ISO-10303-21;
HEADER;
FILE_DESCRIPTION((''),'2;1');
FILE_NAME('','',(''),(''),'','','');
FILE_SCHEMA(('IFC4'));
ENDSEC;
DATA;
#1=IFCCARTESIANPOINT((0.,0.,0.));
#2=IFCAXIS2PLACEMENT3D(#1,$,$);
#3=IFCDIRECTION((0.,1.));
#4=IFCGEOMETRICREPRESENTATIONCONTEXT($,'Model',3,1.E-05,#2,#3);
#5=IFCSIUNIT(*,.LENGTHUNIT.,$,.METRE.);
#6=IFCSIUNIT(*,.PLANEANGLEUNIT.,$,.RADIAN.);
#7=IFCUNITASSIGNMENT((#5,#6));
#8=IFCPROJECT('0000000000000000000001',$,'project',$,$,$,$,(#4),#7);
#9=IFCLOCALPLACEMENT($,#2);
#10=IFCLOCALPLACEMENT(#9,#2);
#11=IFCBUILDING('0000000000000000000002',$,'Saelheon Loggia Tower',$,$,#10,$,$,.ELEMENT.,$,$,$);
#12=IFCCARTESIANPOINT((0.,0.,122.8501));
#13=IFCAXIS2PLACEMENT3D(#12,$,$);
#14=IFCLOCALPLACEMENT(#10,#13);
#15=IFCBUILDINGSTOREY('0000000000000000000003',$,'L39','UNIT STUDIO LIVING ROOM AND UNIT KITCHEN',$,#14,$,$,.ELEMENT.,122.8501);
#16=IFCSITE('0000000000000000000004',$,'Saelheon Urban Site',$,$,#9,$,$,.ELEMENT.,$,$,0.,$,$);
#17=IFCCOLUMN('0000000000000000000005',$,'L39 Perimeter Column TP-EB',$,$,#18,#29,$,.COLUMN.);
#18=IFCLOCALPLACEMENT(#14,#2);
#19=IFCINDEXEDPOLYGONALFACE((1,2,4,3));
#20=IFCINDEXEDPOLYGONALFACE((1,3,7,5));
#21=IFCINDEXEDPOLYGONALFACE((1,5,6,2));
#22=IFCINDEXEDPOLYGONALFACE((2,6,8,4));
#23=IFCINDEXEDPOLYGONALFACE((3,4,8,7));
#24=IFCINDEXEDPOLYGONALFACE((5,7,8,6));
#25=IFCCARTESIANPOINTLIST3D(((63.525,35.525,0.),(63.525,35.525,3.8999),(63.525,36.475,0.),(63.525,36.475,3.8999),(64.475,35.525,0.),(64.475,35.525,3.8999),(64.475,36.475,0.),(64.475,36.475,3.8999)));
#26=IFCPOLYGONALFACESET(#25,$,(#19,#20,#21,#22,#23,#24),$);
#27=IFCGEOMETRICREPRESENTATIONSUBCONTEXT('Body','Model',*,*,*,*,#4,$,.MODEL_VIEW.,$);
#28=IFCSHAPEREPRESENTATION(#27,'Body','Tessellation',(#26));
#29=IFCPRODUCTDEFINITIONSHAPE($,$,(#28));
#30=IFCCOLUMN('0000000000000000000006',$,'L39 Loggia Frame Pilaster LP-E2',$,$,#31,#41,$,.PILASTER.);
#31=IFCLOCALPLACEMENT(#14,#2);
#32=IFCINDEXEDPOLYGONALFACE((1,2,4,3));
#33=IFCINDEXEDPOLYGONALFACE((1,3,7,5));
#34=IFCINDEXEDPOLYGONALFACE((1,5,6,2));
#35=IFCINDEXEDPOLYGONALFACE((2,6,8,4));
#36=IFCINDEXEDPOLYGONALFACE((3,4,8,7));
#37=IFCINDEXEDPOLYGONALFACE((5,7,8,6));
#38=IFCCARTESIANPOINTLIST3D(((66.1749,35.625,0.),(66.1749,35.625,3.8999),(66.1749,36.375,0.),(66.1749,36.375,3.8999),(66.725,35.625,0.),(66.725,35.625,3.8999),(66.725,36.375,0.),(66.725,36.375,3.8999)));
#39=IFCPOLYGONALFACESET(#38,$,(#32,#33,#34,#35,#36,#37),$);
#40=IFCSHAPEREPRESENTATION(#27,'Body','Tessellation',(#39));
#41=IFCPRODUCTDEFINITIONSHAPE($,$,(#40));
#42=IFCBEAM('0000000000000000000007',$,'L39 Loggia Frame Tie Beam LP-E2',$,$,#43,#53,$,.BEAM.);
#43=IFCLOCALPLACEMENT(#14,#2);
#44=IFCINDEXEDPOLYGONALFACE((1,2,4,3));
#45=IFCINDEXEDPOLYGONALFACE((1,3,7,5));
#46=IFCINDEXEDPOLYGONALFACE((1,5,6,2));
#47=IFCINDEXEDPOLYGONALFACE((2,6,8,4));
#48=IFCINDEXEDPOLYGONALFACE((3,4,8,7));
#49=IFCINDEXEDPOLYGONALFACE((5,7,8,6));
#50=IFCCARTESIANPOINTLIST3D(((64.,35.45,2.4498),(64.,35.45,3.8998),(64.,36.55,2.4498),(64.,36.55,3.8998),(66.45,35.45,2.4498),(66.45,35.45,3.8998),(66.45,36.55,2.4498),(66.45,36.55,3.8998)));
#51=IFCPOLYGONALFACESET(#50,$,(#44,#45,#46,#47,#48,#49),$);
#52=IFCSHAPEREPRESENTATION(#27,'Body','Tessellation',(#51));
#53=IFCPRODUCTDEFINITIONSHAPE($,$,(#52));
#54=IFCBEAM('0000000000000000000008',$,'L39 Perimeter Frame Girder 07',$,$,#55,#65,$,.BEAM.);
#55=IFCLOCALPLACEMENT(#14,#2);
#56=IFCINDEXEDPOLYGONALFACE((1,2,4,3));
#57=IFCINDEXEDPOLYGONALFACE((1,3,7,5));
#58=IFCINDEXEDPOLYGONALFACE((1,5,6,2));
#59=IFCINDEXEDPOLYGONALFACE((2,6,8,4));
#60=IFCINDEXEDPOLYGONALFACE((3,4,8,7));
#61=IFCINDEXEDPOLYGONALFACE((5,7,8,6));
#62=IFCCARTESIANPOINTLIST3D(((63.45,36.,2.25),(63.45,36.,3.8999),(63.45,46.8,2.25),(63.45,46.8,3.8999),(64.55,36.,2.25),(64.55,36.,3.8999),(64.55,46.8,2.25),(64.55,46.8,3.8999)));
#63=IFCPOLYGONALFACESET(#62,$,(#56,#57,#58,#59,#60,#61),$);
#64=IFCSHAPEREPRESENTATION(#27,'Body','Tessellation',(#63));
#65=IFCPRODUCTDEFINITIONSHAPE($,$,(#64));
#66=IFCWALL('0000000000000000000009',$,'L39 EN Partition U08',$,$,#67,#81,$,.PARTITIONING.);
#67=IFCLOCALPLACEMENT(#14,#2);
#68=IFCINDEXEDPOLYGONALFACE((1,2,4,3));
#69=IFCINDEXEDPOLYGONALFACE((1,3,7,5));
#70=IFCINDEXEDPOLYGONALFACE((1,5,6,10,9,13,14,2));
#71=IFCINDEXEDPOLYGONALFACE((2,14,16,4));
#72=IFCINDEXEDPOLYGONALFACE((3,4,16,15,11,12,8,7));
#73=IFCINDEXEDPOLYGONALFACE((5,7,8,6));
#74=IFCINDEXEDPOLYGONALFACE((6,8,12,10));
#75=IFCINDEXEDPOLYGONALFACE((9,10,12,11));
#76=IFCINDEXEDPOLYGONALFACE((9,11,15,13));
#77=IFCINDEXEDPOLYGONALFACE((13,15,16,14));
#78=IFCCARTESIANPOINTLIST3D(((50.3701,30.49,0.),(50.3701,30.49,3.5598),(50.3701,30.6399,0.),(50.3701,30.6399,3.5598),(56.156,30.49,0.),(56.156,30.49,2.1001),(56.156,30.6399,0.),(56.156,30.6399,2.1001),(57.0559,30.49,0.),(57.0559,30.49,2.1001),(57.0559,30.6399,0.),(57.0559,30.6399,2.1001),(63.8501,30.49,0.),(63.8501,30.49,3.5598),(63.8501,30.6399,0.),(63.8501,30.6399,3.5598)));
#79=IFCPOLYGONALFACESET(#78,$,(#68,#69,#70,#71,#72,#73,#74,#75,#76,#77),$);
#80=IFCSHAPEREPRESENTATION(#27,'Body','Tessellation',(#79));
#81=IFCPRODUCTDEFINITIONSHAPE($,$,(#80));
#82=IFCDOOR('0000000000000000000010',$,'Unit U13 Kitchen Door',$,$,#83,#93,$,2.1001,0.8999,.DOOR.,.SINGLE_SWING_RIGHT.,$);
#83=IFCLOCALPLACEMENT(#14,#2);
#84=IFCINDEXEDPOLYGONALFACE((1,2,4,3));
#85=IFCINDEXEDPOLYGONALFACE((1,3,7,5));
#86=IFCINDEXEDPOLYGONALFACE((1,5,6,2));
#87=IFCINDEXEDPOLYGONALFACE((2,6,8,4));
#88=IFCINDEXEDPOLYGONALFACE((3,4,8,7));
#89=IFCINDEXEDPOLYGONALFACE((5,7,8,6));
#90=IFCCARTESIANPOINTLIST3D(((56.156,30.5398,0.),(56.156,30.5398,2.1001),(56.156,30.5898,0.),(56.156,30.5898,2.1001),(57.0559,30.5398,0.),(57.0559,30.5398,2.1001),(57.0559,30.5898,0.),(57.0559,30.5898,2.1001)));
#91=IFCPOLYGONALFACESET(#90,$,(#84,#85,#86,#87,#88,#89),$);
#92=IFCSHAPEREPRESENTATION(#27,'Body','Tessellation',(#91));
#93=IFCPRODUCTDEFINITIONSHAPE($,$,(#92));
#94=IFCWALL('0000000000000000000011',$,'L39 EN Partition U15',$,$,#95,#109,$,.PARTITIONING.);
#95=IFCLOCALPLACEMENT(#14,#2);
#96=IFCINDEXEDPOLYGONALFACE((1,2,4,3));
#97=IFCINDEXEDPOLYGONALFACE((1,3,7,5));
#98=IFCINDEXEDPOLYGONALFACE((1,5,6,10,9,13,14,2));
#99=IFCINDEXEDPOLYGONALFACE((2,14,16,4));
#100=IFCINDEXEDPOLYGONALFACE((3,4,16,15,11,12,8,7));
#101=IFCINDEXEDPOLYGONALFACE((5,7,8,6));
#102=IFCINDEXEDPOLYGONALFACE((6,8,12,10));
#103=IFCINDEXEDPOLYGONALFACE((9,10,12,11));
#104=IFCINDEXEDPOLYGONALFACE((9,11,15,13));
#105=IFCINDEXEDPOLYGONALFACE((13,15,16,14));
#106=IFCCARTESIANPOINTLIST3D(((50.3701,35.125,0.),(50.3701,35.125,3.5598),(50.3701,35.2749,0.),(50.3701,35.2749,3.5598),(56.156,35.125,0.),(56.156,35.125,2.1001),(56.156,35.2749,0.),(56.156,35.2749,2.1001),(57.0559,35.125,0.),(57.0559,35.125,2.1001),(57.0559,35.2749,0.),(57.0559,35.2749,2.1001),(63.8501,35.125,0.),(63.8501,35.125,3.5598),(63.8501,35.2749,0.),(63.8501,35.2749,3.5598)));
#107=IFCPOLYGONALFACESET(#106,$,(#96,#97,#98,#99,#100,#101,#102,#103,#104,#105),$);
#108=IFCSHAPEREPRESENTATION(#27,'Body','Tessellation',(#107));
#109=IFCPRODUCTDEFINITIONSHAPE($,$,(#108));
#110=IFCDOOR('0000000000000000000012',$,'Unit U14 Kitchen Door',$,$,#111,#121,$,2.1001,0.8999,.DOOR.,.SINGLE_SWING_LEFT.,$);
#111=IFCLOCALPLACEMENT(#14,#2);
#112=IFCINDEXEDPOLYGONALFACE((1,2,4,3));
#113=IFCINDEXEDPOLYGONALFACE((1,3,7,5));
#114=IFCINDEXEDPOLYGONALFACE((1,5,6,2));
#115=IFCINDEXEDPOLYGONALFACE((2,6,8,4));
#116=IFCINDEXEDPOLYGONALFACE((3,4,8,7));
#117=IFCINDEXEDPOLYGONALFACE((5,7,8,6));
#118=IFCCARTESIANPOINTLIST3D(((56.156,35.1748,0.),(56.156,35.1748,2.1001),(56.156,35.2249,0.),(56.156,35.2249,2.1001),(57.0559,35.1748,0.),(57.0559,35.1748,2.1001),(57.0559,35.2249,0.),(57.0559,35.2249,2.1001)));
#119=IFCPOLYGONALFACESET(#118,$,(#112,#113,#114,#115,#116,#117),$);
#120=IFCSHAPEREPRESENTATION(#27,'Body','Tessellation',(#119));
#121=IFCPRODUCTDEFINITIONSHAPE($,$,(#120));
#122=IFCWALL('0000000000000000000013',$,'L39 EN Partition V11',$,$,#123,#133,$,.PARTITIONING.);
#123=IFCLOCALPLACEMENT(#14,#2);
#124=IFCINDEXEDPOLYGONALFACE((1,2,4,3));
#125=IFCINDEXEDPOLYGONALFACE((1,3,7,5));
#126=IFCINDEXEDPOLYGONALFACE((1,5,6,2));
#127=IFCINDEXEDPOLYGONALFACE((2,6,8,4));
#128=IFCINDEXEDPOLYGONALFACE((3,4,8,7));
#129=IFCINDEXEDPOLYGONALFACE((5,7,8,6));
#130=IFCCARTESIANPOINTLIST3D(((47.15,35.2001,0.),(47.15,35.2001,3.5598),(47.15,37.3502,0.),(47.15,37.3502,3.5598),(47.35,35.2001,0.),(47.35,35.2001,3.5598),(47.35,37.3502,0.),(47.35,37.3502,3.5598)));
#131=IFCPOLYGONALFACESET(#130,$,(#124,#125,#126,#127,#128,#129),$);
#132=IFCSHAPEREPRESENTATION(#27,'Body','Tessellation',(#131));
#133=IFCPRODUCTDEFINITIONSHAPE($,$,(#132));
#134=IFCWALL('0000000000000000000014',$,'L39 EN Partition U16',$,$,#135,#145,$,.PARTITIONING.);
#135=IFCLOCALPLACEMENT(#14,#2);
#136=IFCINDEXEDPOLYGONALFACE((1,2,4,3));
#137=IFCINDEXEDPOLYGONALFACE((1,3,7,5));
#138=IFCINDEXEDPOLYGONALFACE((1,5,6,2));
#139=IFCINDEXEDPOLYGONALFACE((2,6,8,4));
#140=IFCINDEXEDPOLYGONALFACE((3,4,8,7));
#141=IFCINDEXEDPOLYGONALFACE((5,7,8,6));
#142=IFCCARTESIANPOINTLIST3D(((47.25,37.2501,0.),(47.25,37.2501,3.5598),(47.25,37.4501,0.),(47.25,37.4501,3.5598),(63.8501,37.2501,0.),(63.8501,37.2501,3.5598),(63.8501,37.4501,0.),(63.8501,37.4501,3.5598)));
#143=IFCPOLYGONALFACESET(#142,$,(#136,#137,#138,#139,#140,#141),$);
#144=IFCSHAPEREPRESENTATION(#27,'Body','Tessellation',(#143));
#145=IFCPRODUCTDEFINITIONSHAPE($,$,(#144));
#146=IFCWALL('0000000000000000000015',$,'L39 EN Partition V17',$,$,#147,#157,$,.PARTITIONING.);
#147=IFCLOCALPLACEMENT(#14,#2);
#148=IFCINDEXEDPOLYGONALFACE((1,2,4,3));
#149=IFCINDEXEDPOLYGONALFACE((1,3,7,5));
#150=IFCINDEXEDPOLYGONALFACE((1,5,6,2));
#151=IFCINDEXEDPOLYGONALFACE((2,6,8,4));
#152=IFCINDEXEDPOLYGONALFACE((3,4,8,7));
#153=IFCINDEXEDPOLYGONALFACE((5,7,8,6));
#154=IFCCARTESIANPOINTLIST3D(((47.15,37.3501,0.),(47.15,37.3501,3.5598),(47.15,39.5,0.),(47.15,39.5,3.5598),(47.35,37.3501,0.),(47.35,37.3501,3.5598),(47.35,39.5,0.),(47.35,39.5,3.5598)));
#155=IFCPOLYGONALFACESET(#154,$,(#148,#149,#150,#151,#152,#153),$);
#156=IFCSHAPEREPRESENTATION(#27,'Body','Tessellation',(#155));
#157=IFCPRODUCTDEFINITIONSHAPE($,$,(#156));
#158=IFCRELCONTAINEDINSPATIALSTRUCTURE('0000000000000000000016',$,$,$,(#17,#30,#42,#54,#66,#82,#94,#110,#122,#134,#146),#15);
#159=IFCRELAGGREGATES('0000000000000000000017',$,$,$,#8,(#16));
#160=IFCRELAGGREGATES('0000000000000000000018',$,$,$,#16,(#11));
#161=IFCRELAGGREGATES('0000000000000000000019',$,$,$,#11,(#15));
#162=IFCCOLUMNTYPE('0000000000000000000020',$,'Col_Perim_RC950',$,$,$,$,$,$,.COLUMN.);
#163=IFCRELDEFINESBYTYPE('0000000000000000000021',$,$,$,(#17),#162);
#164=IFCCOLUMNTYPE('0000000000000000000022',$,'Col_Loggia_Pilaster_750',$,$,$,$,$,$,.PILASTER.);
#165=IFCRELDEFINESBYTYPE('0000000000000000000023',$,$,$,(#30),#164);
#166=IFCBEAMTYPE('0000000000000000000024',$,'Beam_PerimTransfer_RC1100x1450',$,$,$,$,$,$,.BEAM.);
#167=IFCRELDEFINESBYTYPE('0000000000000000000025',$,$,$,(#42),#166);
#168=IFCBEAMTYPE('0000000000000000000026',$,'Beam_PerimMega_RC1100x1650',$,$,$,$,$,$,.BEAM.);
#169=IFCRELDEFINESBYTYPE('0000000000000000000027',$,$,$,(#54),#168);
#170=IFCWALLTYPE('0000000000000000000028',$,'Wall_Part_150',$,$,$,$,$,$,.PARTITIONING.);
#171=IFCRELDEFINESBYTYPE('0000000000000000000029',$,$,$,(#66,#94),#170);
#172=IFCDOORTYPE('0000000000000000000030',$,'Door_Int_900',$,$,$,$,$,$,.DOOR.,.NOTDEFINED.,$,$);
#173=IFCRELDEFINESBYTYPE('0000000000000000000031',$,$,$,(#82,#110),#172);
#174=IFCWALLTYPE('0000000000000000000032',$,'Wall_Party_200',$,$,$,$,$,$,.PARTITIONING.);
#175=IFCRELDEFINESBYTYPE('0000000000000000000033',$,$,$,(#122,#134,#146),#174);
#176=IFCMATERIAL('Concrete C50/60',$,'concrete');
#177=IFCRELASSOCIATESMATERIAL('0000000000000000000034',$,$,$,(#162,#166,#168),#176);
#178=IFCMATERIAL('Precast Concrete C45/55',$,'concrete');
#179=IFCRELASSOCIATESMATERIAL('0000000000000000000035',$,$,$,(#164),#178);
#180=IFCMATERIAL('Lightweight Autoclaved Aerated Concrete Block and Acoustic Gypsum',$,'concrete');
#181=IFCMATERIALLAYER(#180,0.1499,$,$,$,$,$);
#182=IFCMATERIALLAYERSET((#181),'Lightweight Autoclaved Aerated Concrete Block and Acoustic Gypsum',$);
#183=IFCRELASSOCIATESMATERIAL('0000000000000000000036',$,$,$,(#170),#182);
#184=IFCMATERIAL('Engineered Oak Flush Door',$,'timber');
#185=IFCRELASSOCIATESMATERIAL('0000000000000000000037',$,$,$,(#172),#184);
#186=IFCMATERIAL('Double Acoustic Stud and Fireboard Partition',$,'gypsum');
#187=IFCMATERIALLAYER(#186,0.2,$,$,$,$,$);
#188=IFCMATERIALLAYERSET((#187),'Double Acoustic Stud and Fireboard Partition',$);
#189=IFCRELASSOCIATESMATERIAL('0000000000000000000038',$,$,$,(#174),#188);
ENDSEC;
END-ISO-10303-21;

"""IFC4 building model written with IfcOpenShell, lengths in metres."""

from ifc_helpers import new_model, si_unit, direction, frame, frame_2d, origin, origin_2d, place, context, subcontext, project, spatial, rectangle, extrude, source, transform, mapped, material, layer, layer_set, material_profile, profile_set, type_object, element, fill, save


model = new_model("IFC4")

# Units and contexts
model_context = context("Model", 3, precision=1e-05, world=origin(), true_north=direction((0.0, 1.0)))
body_context = subcontext(model_context, "Body", "Model", "MODEL_VIEW")
ifc_project = project(units=[si_unit("LENGTHUNIT", "METRE"), si_unit("PLANEANGLEUNIT", "RADIAN")], contexts=[model_context])

# Site, building, storey
site_placement = place(None, origin())
site = spatial("IfcSite", under=ifc_project, at=site_placement, Name="Saelheon Urban Site", CompositionType="ELEMENT", RefElevation=0.0)
building_placement = place(site_placement, origin())
building = spatial("IfcBuilding", under=site, at=building_placement, Name="Saelheon Loggia Tower", CompositionType="ELEMENT")
storey_placement = place(building_placement, frame((0.0, 0.0, 122.8501)))
storey = spatial("IfcBuildingStorey", under=building, at=storey_placement, Name="L39", Description="UNIT STUDIO LIVING ROOM AND UNIT KITCHEN", CompositionType="ELEMENT", Elevation=122.8501)

# Columns
ifc_material_1 = material(Name="Concrete C50/60", Category="concrete")
ifc_material_profile_1 = material_profile(ifc_material_1, rectangle(XDim=0.95, YDim=0.95, at=origin_2d()), Name="RC-950x950")
ifc_profile_set_1 = profile_set([ifc_material_profile_1], Name="Concrete C50/60")
column_type_1 = type_object("IfcColumnType", Name="Col_Perim_RC950", PredefinedType="COLUMN", material=ifc_profile_set_1)
shared_shape_1 = source(origin(), body_context, "Body", "SweptSolid", [
    extrude(rectangle(XDim=0.95, YDim=0.95, at=origin_2d()), origin(), (0.0, 0.0, 1.0), 3.8999),
])
column_1_placement = place(storey_placement, frame((64.0, 36.0, 0.0), z_axis=(0.0, 0.0, 1.0), x_axis=(1.0, 0.0, 0.0)))
element("IfcColumn", 1, at=column_1_placement, inside=storey, type_object=column_type_1, Name="L39 Perimeter Column TP-EB", PredefinedType="COLUMN", context=body_context, shape_type="MappedRepresentation", body=[
    mapped(shared_shape_1, transform((0.0, 0.0, 0.0), scale=1.0)),
])
ifc_material_2 = material(Name="Precast Concrete C45/55", Category="concrete")
ifc_material_profile_2 = material_profile(ifc_material_2, rectangle(XDim=0.55, YDim=0.75, at=origin_2d()), Name="RC-550x750")
ifc_profile_set_2 = profile_set([ifc_material_profile_2], Name="Precast Concrete C45/55")
column_type_2 = type_object("IfcColumnType", Name="Col_Loggia_Pilaster_750", PredefinedType="PILASTER", material=ifc_profile_set_2)
shared_shape_2 = source(origin(), body_context, "Body", "SweptSolid", [
    extrude(rectangle(XDim=0.55, YDim=0.75, at=origin_2d()), origin(), (0.0, 0.0, 1.0), 3.8999),
])
column_2_placement = place(storey_placement, frame((66.45, 36.0, 0.0), z_axis=(0.0, 0.0, 1.0), x_axis=(1.0, 0.0, 0.0)))
element("IfcColumn", 2, at=column_2_placement, inside=storey, type_object=column_type_2, Name="L39 Loggia Frame Pilaster LP-E2", PredefinedType="PILASTER", context=body_context, shape_type="MappedRepresentation", body=[
    mapped(shared_shape_2, transform((0.0, 0.0, 0.0), scale=1.0)),
])

# Beams
ifc_material_profile_3 = material_profile(ifc_material_1, rectangle(XDim=1.1001, YDim=1.45, at=origin_2d()), Name="RC-1100x1450")
ifc_profile_set_3 = profile_set([ifc_material_profile_3], Name="Concrete C50/60")
beam_type_1 = type_object("IfcBeamType", Name="Beam_PerimTransfer_RC1100x1450", PredefinedType="BEAM", material=ifc_profile_set_3)
shared_shape_3 = source(origin(), body_context, "Body", "SweptSolid", [
    extrude(rectangle(XDim=1.1001, YDim=1.45, at=origin_2d()), origin(), (0.0, 0.0, 1.0), 2.45),
])
beam_1_placement = place(storey_placement, frame((64.0, 36.0, 3.1748), z_axis=(1.0, 0.0, 0.0), x_axis=(0.0, 1.0, 0.0)))
element("IfcBeam", 3, at=beam_1_placement, inside=storey, type_object=beam_type_1, Name="L39 Loggia Frame Tie Beam LP-E2", PredefinedType="BEAM", context=body_context, shape_type="MappedRepresentation", body=[
    mapped(shared_shape_3, transform((0.0, 0.0, 0.0), scale=1.0)),
])
ifc_material_profile_4 = material_profile(ifc_material_1, rectangle(XDim=1.1001, YDim=1.6499, at=origin_2d()), Name="RC-1100x1650")
ifc_profile_set_4 = profile_set([ifc_material_profile_4], Name="Concrete C50/60")
beam_type_2 = type_object("IfcBeamType", Name="Beam_PerimMega_RC1100x1650", PredefinedType="BEAM", material=ifc_profile_set_4)
shared_shape_4 = source(origin(), body_context, "Body", "SweptSolid", [
    extrude(rectangle(XDim=1.1001, YDim=1.6499, at=origin_2d()), origin(), (0.0, 0.0, 1.0), 10.8),
])
beam_2_placement = place(storey_placement, frame((64.0, 36.0, 3.075), z_axis=(0.0, 1.0, 0.0), x_axis=(-1.0, 0.0, 0.0)))
element("IfcBeam", 4, at=beam_2_placement, inside=storey, type_object=beam_type_2, Name="L39 Perimeter Frame Girder 07", PredefinedType="BEAM", context=body_context, shape_type="MappedRepresentation", body=[
    mapped(shared_shape_4, transform((0.0, 0.0, 0.0), scale=1.0)),
])

# Walls, openings, doors
ifc_material_3 = material(Name="Lightweight Autoclaved Aerated Concrete Block and Acoustic Gypsum", Category="concrete")
ifc_layer_1 = layer(ifc_material_3, 0.1499)
ifc_layer_set_1 = layer_set([ifc_layer_1], Name="Lightweight Autoclaved Aerated Concrete Block and Acoustic Gypsum")
wall_type_1 = type_object("IfcWallType", Name="Wall_Part_150", PredefinedType="PARTITIONING", material=ifc_layer_set_1)
wall_1_placement = place(storey_placement, frame((50.3701, 30.5649, 0.0), z_axis=(0.0, 0.0, 1.0), x_axis=(1.0, 0.0, 0.0)))
wall_1 = element("IfcWall", 5, at=wall_1_placement, inside=storey, type_object=wall_type_1, Name="L39 EN Partition U08", PredefinedType="PARTITIONING", context=body_context, shape_type="SweptSolid", body=[
    extrude(rectangle(XDim=13.48, YDim=0.1499, at=frame_2d((6.74, 0.0))), origin(), (0.0, 0.0, 1.0), 3.5598),
])
opening_1_placement = place(wall_1_placement, frame((5.7859, 0.0, 0.0)))
opening_1 = element("IfcOpeningElement", 6, at=opening_1_placement, cuts=wall_1, PredefinedType="OPENING", context=body_context, shape_type="SweptSolid", body=[
    extrude(rectangle(XDim=0.8999, YDim=2.1001, at=frame_2d((0.45, 1.05))), frame((0.0, 0.0869, 0.0), z_axis=(0.0, -1.0, 0.0), x_axis=(1.0, 0.0, 0.0)), (0.0, 0.0, 1.0), 0.1738),
])
ifc_material_4 = material(Name="Engineered Oak Flush Door", Category="timber")
door_type_1 = type_object("IfcDoorType", Name="Door_Int_900", OperationType="NOTDEFINED", PredefinedType="DOOR", material=ifc_material_4)
shared_shape_5 = source(origin(), body_context, "Body", "SweptSolid", [
    extrude(rectangle(XDim=0.8999, YDim=2.1001, at=frame_2d((0.45, 1.05))), frame((0.0, 0.0249, 0.0), z_axis=(0.0, -1.0, 0.0), x_axis=(1.0, 0.0, 0.0)), (0.0, 0.0, 1.0), 0.05),
])
door_1_placement = place(opening_1_placement, origin())
door_1 = element("IfcDoor", 7, at=door_1_placement, inside=storey, type_object=door_type_1, Name="Unit U13 Kitchen Door", OperationType="SINGLE_SWING_RIGHT", OverallHeight=2.1001, OverallWidth=0.8999, PredefinedType="DOOR", context=body_context, shape_type="MappedRepresentation", body=[
    mapped(shared_shape_5, transform((0.0, 0.0, 0.0), scale=1.0)),
])
fill(opening_1, door_1)
wall_2_placement = place(storey_placement, frame((50.3701, 35.2, 0.0), z_axis=(0.0, 0.0, 1.0), x_axis=(1.0, 0.0, 0.0)))
wall_2 = element("IfcWall", 8, at=wall_2_placement, inside=storey, type_object=wall_type_1, Name="L39 EN Partition U15", PredefinedType="PARTITIONING", context=body_context, shape_type="SweptSolid", body=[
    extrude(rectangle(XDim=13.48, YDim=0.1499, at=frame_2d((6.74, 0.0))), origin(), (0.0, 0.0, 1.0), 3.5598),
])
opening_2_placement = place(wall_2_placement, frame((5.7859, 0.0, 0.0)))
opening_2 = element("IfcOpeningElement", 9, at=opening_2_placement, cuts=wall_2, PredefinedType="OPENING", context=body_context, shape_type="SweptSolid", body=[
    extrude(rectangle(XDim=0.8999, YDim=2.1001, at=frame_2d((0.45, 1.05))), frame((0.0, 0.0869, 0.0), z_axis=(0.0, -1.0, 0.0), x_axis=(1.0, 0.0, 0.0)), (0.0, 0.0, 1.0), 0.1738),
])
door_2_placement = place(opening_2_placement, origin())
door_2 = element("IfcDoor", 10, at=door_2_placement, inside=storey, type_object=door_type_1, Name="Unit U14 Kitchen Door", OperationType="SINGLE_SWING_LEFT", OverallHeight=2.1001, OverallWidth=0.8999, PredefinedType="DOOR", context=body_context, shape_type="MappedRepresentation", body=[
    mapped(shared_shape_5, transform((0.0, 0.0, 0.0), scale=1.0)),
])
fill(opening_2, door_2)

# Walls
ifc_material_5 = material(Name="Double Acoustic Stud and Fireboard Partition", Category="gypsum")
ifc_layer_2 = layer(ifc_material_5, 0.2)
ifc_layer_set_2 = layer_set([ifc_layer_2], Name="Double Acoustic Stud and Fireboard Partition")
wall_type_2 = type_object("IfcWallType", Name="Wall_Party_200", PredefinedType="PARTITIONING", material=ifc_layer_set_2)
wall_3_placement = place(storey_placement, frame((47.25, 35.2, 0.0), z_axis=(0.0, 0.0, 1.0), x_axis=(0.0, 1.0, 0.0)))
element("IfcWall", 11, at=wall_3_placement, inside=storey, type_object=wall_type_2, Name="L39 EN Partition V11", PredefinedType="PARTITIONING", context=body_context, shape_type="SweptSolid", body=[
    extrude(rectangle(XDim=2.1501, YDim=0.2, at=frame_2d((1.0752, 0.0))), origin(), (0.0, 0.0, 1.0), 3.5598),
])
wall_4_placement = place(storey_placement, frame((47.25, 37.3501, 0.0), z_axis=(0.0, 0.0, 1.0), x_axis=(1.0, 0.0, 0.0)))
element("IfcWall", 12, at=wall_4_placement, inside=storey, type_object=wall_type_2, Name="L39 EN Partition U16", PredefinedType="PARTITIONING", context=body_context, shape_type="SweptSolid", body=[
    extrude(rectangle(XDim=16.6001, YDim=0.2, at=frame_2d((8.3, 0.0))), origin(), (0.0, 0.0, 1.0), 3.5598),
])
wall_5_placement = place(storey_placement, frame((47.25, 37.3501, 0.0), z_axis=(0.0, 0.0, 1.0), x_axis=(0.0, 1.0, 0.0)))
element("IfcWall", 13, at=wall_5_placement, inside=storey, type_object=wall_type_2, Name="L39 EN Partition V17", PredefinedType="PARTITIONING", context=body_context, shape_type="SweptSolid", body=[
    extrude(rectangle(XDim=2.1499, YDim=0.2, at=frame_2d((1.075, 0.0))), origin(), (0.0, 0.0, 1.0), 3.5598),
])

save(model, "model.ifc")
